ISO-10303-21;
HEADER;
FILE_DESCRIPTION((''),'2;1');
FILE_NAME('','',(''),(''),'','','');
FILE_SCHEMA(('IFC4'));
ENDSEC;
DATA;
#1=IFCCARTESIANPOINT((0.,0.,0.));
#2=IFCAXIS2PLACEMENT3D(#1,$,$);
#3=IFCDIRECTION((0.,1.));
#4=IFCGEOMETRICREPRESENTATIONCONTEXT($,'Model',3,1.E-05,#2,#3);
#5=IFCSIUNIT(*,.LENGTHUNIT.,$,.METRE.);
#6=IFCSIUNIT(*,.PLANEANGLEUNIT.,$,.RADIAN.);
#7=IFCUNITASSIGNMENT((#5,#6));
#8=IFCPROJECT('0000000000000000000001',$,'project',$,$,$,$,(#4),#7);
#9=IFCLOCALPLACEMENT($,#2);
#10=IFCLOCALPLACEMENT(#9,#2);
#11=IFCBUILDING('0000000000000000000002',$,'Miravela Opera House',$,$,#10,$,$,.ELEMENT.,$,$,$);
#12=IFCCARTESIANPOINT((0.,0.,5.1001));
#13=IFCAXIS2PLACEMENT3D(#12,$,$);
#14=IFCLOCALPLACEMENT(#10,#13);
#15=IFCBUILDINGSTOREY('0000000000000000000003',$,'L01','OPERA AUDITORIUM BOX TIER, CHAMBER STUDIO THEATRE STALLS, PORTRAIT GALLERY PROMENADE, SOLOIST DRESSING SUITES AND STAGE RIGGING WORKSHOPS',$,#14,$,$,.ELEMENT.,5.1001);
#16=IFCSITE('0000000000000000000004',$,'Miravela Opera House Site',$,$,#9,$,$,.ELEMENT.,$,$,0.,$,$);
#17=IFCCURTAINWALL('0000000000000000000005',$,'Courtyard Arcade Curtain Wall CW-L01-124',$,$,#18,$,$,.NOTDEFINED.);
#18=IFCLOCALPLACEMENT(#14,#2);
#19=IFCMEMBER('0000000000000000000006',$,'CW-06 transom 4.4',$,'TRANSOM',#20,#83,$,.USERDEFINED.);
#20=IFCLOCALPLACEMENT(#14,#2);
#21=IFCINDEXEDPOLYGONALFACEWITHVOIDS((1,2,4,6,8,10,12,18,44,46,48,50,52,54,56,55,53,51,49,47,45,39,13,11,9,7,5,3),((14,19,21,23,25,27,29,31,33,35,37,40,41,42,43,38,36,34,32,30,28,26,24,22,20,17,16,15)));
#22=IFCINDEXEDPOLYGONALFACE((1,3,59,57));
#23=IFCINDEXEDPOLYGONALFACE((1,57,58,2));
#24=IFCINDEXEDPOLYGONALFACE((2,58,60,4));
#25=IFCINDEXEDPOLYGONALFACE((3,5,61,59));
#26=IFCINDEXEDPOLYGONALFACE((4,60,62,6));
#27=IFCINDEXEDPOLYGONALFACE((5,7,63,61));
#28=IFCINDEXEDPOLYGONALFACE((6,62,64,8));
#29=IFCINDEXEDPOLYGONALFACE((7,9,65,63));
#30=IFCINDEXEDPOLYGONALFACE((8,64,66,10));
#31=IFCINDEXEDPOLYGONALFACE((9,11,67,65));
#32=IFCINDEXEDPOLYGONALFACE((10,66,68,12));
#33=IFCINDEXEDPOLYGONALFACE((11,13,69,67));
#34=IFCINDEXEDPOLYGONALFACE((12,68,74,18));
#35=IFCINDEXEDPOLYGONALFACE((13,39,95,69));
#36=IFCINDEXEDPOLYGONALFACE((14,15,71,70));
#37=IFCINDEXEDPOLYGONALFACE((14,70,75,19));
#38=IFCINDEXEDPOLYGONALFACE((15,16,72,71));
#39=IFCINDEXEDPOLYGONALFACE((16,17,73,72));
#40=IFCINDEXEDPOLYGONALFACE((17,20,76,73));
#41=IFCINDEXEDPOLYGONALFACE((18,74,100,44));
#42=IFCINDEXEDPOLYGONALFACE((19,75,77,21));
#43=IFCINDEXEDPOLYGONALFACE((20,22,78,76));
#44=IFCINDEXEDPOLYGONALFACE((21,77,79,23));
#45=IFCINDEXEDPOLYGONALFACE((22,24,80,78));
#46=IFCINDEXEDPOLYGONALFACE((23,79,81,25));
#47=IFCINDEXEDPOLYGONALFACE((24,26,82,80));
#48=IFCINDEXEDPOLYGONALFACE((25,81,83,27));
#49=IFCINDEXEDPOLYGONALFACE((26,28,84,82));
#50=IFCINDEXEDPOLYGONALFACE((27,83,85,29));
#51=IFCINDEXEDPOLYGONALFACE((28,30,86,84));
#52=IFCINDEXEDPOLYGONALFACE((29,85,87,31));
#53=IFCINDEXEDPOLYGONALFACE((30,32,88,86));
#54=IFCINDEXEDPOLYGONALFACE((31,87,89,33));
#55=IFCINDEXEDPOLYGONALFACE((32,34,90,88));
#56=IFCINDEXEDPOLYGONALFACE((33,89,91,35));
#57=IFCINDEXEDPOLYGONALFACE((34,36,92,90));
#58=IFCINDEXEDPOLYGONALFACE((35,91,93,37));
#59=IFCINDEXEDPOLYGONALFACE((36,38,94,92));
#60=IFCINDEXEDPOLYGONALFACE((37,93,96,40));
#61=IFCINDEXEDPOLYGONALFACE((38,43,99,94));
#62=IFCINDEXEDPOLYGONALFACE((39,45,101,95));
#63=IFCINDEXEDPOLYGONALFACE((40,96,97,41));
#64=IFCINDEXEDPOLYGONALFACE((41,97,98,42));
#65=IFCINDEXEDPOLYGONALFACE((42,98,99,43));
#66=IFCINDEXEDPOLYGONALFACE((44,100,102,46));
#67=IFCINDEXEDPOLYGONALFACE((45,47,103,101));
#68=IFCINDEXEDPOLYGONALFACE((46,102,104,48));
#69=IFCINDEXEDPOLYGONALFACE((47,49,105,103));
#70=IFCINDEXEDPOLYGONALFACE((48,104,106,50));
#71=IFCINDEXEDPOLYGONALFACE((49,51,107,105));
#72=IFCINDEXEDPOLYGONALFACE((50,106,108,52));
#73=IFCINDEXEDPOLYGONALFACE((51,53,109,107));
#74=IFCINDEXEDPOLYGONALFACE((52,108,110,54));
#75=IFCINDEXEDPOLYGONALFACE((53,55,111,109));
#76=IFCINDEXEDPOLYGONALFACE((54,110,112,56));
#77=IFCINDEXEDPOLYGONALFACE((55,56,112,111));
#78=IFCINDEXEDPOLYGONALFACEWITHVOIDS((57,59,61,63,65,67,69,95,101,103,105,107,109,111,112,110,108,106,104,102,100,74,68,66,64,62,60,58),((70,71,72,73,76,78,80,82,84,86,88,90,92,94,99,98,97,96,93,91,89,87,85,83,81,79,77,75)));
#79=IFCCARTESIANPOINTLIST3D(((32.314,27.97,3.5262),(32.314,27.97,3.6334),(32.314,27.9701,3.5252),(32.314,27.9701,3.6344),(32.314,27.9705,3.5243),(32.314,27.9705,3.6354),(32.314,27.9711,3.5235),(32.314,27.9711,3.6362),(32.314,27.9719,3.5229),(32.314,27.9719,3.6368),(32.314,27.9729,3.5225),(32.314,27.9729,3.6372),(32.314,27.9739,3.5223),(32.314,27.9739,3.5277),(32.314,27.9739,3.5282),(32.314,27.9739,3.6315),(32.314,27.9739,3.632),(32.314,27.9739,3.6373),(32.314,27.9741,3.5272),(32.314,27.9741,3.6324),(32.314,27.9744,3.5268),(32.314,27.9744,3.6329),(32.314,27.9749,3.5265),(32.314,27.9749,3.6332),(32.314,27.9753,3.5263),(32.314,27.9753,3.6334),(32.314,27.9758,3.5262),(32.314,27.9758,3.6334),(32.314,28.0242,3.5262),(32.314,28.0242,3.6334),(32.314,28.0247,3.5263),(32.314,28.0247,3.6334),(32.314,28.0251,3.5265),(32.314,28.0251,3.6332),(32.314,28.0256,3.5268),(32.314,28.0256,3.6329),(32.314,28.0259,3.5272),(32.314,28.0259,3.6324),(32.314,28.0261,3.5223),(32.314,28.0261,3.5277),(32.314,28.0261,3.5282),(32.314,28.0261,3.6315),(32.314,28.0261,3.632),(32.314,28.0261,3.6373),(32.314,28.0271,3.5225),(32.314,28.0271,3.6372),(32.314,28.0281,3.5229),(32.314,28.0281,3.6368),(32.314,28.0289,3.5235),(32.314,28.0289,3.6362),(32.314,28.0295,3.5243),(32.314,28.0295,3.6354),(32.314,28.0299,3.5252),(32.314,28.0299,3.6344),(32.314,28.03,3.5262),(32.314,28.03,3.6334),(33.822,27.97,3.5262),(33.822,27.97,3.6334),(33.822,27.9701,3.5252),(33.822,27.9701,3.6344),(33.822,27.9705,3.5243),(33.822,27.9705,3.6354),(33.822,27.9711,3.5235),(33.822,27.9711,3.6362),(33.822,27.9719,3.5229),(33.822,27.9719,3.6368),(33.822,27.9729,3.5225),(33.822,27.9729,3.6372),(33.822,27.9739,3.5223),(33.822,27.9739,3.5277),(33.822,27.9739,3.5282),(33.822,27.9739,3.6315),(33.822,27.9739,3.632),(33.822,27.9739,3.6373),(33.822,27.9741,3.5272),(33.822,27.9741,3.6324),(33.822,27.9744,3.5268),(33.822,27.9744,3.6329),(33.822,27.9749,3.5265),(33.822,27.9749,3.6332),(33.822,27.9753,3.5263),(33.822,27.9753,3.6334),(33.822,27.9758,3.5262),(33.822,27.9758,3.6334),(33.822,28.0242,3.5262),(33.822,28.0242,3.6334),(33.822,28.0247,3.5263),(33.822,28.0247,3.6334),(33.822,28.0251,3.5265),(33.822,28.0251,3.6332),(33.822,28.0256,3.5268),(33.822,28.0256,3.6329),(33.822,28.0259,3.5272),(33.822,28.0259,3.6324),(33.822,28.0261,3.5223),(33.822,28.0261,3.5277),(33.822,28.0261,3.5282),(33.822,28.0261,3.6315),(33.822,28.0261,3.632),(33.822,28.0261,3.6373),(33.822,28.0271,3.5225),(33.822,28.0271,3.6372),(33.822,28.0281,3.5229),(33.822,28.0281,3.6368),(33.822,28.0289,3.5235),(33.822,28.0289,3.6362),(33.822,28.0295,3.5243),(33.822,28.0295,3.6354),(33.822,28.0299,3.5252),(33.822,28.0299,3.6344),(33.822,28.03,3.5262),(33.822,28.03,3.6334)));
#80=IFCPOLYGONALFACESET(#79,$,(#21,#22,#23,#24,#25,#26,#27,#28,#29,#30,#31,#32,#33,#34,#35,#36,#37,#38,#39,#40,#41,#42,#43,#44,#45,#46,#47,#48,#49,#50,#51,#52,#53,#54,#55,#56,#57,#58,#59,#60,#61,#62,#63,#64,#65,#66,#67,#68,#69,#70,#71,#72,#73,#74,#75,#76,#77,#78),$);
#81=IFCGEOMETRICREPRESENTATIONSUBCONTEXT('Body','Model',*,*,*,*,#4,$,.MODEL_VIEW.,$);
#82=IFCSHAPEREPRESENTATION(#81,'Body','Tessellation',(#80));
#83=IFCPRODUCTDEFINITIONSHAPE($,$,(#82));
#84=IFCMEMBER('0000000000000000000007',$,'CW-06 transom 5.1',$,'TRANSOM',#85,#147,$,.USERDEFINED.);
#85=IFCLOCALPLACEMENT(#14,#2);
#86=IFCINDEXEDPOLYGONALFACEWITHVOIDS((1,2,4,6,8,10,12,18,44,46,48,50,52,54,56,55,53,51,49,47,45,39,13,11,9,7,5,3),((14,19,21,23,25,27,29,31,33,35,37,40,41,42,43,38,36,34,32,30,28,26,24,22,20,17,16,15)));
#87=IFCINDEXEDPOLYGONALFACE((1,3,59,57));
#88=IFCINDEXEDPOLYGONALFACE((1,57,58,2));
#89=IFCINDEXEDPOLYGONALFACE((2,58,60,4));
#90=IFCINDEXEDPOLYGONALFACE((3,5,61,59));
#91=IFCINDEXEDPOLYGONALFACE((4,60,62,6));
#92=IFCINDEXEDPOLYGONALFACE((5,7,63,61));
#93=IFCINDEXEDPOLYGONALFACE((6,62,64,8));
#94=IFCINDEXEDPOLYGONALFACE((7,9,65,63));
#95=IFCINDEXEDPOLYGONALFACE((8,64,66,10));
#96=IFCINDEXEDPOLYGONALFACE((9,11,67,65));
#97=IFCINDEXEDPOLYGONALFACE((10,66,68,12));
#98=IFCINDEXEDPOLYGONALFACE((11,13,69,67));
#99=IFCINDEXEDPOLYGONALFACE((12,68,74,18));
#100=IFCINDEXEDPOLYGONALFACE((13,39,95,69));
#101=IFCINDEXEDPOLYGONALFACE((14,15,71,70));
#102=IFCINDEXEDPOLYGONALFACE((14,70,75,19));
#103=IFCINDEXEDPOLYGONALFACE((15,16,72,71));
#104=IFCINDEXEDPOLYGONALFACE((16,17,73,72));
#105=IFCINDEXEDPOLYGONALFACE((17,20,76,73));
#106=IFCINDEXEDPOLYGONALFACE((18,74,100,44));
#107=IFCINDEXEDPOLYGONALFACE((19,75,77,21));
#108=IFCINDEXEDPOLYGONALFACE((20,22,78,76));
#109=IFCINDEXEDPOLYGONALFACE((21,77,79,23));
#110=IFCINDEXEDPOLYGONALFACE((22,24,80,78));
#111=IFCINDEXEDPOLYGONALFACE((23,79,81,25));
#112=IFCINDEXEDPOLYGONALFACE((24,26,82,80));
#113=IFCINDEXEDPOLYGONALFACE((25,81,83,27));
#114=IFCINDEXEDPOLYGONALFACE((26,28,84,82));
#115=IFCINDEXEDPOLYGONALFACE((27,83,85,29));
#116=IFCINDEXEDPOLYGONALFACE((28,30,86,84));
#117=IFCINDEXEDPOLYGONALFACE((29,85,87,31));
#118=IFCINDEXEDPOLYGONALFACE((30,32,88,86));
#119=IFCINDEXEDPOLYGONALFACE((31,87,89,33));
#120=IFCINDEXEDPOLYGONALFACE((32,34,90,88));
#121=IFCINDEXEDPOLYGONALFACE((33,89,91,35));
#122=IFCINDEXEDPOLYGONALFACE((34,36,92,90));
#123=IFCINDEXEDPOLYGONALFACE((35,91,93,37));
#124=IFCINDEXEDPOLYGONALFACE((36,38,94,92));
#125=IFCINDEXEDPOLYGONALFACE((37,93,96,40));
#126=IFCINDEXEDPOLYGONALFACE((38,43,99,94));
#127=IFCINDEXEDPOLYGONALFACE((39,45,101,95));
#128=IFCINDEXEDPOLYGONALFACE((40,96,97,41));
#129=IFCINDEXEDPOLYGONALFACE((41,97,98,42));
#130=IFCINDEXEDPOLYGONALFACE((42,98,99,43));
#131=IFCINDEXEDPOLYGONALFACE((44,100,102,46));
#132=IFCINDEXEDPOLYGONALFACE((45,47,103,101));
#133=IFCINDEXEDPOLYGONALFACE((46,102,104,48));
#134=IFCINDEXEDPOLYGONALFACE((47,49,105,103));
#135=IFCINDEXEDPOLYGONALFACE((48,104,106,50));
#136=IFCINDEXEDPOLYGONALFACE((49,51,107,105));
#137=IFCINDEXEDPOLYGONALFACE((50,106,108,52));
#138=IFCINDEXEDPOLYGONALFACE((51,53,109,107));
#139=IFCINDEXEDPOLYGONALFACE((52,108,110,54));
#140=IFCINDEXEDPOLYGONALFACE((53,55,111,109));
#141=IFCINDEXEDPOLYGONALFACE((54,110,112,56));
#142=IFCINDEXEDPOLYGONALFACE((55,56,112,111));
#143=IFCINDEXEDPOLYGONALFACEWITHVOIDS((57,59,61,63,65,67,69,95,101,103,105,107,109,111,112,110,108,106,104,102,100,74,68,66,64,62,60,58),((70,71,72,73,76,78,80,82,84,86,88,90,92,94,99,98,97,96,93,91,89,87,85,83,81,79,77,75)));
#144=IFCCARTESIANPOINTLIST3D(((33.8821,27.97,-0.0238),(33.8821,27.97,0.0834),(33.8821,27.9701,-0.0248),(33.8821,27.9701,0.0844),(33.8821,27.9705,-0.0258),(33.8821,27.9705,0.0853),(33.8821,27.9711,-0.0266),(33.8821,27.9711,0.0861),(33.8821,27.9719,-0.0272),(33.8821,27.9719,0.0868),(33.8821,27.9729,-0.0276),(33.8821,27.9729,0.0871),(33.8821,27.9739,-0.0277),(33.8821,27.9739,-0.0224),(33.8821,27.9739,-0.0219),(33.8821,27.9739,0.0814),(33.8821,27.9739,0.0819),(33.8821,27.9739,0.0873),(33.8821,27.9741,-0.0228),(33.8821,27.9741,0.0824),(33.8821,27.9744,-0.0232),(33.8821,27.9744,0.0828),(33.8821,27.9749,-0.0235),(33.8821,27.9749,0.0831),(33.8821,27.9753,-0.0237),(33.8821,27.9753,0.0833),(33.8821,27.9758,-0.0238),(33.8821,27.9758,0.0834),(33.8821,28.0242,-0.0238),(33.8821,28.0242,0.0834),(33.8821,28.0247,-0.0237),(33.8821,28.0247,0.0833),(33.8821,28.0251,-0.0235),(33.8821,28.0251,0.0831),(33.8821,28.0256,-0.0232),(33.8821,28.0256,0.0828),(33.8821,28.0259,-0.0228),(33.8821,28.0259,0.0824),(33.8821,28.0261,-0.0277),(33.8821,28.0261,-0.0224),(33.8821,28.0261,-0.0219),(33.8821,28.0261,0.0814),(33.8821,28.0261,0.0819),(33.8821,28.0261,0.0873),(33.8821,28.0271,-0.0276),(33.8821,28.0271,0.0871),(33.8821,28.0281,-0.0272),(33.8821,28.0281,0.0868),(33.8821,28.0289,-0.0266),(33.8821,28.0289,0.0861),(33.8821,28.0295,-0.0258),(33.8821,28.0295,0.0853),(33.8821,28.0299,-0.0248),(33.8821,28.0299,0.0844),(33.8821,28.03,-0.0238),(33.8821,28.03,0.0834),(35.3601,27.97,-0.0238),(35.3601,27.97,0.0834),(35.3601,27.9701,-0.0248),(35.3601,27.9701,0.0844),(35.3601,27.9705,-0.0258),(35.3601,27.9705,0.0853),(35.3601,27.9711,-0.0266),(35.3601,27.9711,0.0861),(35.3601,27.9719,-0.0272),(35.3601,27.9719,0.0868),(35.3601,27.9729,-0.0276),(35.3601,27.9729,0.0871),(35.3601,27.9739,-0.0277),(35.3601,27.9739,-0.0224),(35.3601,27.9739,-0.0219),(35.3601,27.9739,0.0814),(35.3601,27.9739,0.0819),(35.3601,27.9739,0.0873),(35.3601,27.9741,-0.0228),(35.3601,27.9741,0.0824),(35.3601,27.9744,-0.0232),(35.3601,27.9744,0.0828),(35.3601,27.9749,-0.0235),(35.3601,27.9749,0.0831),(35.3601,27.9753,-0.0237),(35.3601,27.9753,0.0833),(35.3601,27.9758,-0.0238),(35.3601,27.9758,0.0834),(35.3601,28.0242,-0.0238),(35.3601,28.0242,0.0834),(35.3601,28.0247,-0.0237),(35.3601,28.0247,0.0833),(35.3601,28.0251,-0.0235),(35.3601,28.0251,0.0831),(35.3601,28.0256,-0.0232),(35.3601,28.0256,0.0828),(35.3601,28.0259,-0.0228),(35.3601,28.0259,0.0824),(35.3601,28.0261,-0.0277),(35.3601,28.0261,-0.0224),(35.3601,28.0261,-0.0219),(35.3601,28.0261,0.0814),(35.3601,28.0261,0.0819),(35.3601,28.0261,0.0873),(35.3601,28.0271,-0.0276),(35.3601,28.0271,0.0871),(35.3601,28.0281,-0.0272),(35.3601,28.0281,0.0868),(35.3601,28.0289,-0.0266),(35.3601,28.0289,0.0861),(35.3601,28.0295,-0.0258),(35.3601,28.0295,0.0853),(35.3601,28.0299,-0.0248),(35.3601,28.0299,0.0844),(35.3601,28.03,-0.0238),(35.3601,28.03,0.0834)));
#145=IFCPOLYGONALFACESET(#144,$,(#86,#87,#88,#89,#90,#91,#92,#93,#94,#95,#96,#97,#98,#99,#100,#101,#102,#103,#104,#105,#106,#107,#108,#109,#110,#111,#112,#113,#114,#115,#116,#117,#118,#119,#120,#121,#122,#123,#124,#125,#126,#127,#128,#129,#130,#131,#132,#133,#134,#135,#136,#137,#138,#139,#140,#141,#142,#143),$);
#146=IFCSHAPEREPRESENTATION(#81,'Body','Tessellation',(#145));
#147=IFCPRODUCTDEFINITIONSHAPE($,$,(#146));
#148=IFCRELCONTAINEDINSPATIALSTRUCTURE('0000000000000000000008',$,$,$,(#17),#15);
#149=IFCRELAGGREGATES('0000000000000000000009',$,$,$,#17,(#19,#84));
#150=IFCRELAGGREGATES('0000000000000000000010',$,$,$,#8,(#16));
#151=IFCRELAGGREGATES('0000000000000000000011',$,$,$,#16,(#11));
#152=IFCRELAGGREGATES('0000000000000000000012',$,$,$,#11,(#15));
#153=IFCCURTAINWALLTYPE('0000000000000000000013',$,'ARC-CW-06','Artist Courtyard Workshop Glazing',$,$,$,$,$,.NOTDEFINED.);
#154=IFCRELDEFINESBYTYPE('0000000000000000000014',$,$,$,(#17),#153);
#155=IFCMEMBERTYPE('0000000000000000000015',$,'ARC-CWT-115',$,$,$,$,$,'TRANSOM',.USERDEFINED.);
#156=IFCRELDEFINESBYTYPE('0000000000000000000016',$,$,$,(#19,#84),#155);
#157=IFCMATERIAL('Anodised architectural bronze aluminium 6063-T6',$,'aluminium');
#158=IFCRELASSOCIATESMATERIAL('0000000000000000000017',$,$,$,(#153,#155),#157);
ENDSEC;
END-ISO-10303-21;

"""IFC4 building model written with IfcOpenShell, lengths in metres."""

from ifc_helpers import new_model, si_unit, direction, frame, origin, origin_2d, place, context, subcontext, project, spatial, hollow_rectangle, extrude, material, material_profile, profile_set, type_object, element, aggregate, save


model = new_model("IFC4")

# Units and contexts
model_context = context("Model", 3, precision=1e-05, world=origin(), true_north=direction((0.0, 1.0)))
body_context = subcontext(model_context, "Body", "Model", "MODEL_VIEW")
ifc_project = project(units=[si_unit("LENGTHUNIT", "METRE"), si_unit("PLANEANGLEUNIT", "RADIAN")], contexts=[model_context])

# Site, building, storey
site_placement = place(None, origin())
site = spatial("IfcSite", under=ifc_project, at=site_placement, Name="Miravela Opera House Site", CompositionType="ELEMENT", RefElevation=0.0)
building_placement = place(site_placement, origin())
building = spatial("IfcBuilding", under=site, at=building_placement, Name="Miravela Opera House", CompositionType="ELEMENT")
storey_placement = place(building_placement, frame((0.0, 0.0, 5.1001)))
storey = spatial("IfcBuildingStorey", under=building, at=storey_placement, Name="L01", Description="OPERA AUDITORIUM BOX TIER, CHAMBER STUDIO THEATRE STALLS, PORTRAIT GALLERY PROMENADE, SOLOIST DRESSING SUITES AND STAGE RIGGING WORKSHOPS", CompositionType="ELEMENT", Elevation=5.1001)

# Curtain wall, members
ifc_material_1 = material(Name="Anodised architectural bronze aluminium 6063-T6", Category="aluminium")
curtain_wall_type = type_object("IfcCurtainWallType", Name="ARC-CW-06", Description="Artist Courtyard Workshop Glazing", PredefinedType="NOTDEFINED", material=ifc_material_1)
curtain_wall_placement = place(storey_placement, origin())
curtain_wall = element("IfcCurtainWall", 1, at=curtain_wall_placement, inside=storey, type_object=curtain_wall_type, Name="Courtyard Arcade Curtain Wall CW-L01-124", PredefinedType="NOTDEFINED")
ifc_material_profile_1 = material_profile(ifc_material_1, hollow_rectangle(XDim=0.0601, YDim=0.115, WallThickness=0.0039, InnerFilletRadius=0.002, OuterFilletRadius=0.0039, at=origin_2d()), Name="CWT-60X115")
ifc_profile_set_1 = profile_set([ifc_material_profile_1])
member_type_1 = type_object("IfcMemberType", Name="ARC-CWT-115", ElementType="TRANSOM", PredefinedType="USERDEFINED", material=ifc_profile_set_1)
member_1_placement = place(storey_placement, frame((32.314, 28.0, 3.5798), z_axis=(1.0, 0.0, 0.0), x_axis=(0.0, 1.0, 0.0)))
member_1 = element("IfcMember", 2, at=member_1_placement, type_object=member_type_1, Name="CW-06 transom 4.4", ObjectType="TRANSOM", PredefinedType="USERDEFINED", context=body_context, shape_type="SweptSolid", body=[
    extrude(hollow_rectangle(XDim=0.0601, YDim=0.115, WallThickness=0.0039, InnerFilletRadius=0.002, OuterFilletRadius=0.0039, at=origin_2d()), origin(), (0.0, 0.0, 1.0), 1.5081),
])
member_2_placement = place(storey_placement, frame((33.8821, 28.0, 0.0298), z_axis=(1.0, 0.0, 0.0), x_axis=(0.0, 1.0, 0.0)))
member_2 = element("IfcMember", 3, at=member_2_placement, type_object=member_type_1, Name="CW-06 transom 5.1", ObjectType="TRANSOM", PredefinedType="USERDEFINED", context=body_context, shape_type="SweptSolid", body=[
    extrude(hollow_rectangle(XDim=0.0601, YDim=0.115, WallThickness=0.0039, InnerFilletRadius=0.002, OuterFilletRadius=0.0039, at=origin_2d()), origin(), (0.0, 0.0, 1.0), 1.478),
])
aggregate(curtain_wall, [member_1, member_2])

save(model, "model.ifc")
